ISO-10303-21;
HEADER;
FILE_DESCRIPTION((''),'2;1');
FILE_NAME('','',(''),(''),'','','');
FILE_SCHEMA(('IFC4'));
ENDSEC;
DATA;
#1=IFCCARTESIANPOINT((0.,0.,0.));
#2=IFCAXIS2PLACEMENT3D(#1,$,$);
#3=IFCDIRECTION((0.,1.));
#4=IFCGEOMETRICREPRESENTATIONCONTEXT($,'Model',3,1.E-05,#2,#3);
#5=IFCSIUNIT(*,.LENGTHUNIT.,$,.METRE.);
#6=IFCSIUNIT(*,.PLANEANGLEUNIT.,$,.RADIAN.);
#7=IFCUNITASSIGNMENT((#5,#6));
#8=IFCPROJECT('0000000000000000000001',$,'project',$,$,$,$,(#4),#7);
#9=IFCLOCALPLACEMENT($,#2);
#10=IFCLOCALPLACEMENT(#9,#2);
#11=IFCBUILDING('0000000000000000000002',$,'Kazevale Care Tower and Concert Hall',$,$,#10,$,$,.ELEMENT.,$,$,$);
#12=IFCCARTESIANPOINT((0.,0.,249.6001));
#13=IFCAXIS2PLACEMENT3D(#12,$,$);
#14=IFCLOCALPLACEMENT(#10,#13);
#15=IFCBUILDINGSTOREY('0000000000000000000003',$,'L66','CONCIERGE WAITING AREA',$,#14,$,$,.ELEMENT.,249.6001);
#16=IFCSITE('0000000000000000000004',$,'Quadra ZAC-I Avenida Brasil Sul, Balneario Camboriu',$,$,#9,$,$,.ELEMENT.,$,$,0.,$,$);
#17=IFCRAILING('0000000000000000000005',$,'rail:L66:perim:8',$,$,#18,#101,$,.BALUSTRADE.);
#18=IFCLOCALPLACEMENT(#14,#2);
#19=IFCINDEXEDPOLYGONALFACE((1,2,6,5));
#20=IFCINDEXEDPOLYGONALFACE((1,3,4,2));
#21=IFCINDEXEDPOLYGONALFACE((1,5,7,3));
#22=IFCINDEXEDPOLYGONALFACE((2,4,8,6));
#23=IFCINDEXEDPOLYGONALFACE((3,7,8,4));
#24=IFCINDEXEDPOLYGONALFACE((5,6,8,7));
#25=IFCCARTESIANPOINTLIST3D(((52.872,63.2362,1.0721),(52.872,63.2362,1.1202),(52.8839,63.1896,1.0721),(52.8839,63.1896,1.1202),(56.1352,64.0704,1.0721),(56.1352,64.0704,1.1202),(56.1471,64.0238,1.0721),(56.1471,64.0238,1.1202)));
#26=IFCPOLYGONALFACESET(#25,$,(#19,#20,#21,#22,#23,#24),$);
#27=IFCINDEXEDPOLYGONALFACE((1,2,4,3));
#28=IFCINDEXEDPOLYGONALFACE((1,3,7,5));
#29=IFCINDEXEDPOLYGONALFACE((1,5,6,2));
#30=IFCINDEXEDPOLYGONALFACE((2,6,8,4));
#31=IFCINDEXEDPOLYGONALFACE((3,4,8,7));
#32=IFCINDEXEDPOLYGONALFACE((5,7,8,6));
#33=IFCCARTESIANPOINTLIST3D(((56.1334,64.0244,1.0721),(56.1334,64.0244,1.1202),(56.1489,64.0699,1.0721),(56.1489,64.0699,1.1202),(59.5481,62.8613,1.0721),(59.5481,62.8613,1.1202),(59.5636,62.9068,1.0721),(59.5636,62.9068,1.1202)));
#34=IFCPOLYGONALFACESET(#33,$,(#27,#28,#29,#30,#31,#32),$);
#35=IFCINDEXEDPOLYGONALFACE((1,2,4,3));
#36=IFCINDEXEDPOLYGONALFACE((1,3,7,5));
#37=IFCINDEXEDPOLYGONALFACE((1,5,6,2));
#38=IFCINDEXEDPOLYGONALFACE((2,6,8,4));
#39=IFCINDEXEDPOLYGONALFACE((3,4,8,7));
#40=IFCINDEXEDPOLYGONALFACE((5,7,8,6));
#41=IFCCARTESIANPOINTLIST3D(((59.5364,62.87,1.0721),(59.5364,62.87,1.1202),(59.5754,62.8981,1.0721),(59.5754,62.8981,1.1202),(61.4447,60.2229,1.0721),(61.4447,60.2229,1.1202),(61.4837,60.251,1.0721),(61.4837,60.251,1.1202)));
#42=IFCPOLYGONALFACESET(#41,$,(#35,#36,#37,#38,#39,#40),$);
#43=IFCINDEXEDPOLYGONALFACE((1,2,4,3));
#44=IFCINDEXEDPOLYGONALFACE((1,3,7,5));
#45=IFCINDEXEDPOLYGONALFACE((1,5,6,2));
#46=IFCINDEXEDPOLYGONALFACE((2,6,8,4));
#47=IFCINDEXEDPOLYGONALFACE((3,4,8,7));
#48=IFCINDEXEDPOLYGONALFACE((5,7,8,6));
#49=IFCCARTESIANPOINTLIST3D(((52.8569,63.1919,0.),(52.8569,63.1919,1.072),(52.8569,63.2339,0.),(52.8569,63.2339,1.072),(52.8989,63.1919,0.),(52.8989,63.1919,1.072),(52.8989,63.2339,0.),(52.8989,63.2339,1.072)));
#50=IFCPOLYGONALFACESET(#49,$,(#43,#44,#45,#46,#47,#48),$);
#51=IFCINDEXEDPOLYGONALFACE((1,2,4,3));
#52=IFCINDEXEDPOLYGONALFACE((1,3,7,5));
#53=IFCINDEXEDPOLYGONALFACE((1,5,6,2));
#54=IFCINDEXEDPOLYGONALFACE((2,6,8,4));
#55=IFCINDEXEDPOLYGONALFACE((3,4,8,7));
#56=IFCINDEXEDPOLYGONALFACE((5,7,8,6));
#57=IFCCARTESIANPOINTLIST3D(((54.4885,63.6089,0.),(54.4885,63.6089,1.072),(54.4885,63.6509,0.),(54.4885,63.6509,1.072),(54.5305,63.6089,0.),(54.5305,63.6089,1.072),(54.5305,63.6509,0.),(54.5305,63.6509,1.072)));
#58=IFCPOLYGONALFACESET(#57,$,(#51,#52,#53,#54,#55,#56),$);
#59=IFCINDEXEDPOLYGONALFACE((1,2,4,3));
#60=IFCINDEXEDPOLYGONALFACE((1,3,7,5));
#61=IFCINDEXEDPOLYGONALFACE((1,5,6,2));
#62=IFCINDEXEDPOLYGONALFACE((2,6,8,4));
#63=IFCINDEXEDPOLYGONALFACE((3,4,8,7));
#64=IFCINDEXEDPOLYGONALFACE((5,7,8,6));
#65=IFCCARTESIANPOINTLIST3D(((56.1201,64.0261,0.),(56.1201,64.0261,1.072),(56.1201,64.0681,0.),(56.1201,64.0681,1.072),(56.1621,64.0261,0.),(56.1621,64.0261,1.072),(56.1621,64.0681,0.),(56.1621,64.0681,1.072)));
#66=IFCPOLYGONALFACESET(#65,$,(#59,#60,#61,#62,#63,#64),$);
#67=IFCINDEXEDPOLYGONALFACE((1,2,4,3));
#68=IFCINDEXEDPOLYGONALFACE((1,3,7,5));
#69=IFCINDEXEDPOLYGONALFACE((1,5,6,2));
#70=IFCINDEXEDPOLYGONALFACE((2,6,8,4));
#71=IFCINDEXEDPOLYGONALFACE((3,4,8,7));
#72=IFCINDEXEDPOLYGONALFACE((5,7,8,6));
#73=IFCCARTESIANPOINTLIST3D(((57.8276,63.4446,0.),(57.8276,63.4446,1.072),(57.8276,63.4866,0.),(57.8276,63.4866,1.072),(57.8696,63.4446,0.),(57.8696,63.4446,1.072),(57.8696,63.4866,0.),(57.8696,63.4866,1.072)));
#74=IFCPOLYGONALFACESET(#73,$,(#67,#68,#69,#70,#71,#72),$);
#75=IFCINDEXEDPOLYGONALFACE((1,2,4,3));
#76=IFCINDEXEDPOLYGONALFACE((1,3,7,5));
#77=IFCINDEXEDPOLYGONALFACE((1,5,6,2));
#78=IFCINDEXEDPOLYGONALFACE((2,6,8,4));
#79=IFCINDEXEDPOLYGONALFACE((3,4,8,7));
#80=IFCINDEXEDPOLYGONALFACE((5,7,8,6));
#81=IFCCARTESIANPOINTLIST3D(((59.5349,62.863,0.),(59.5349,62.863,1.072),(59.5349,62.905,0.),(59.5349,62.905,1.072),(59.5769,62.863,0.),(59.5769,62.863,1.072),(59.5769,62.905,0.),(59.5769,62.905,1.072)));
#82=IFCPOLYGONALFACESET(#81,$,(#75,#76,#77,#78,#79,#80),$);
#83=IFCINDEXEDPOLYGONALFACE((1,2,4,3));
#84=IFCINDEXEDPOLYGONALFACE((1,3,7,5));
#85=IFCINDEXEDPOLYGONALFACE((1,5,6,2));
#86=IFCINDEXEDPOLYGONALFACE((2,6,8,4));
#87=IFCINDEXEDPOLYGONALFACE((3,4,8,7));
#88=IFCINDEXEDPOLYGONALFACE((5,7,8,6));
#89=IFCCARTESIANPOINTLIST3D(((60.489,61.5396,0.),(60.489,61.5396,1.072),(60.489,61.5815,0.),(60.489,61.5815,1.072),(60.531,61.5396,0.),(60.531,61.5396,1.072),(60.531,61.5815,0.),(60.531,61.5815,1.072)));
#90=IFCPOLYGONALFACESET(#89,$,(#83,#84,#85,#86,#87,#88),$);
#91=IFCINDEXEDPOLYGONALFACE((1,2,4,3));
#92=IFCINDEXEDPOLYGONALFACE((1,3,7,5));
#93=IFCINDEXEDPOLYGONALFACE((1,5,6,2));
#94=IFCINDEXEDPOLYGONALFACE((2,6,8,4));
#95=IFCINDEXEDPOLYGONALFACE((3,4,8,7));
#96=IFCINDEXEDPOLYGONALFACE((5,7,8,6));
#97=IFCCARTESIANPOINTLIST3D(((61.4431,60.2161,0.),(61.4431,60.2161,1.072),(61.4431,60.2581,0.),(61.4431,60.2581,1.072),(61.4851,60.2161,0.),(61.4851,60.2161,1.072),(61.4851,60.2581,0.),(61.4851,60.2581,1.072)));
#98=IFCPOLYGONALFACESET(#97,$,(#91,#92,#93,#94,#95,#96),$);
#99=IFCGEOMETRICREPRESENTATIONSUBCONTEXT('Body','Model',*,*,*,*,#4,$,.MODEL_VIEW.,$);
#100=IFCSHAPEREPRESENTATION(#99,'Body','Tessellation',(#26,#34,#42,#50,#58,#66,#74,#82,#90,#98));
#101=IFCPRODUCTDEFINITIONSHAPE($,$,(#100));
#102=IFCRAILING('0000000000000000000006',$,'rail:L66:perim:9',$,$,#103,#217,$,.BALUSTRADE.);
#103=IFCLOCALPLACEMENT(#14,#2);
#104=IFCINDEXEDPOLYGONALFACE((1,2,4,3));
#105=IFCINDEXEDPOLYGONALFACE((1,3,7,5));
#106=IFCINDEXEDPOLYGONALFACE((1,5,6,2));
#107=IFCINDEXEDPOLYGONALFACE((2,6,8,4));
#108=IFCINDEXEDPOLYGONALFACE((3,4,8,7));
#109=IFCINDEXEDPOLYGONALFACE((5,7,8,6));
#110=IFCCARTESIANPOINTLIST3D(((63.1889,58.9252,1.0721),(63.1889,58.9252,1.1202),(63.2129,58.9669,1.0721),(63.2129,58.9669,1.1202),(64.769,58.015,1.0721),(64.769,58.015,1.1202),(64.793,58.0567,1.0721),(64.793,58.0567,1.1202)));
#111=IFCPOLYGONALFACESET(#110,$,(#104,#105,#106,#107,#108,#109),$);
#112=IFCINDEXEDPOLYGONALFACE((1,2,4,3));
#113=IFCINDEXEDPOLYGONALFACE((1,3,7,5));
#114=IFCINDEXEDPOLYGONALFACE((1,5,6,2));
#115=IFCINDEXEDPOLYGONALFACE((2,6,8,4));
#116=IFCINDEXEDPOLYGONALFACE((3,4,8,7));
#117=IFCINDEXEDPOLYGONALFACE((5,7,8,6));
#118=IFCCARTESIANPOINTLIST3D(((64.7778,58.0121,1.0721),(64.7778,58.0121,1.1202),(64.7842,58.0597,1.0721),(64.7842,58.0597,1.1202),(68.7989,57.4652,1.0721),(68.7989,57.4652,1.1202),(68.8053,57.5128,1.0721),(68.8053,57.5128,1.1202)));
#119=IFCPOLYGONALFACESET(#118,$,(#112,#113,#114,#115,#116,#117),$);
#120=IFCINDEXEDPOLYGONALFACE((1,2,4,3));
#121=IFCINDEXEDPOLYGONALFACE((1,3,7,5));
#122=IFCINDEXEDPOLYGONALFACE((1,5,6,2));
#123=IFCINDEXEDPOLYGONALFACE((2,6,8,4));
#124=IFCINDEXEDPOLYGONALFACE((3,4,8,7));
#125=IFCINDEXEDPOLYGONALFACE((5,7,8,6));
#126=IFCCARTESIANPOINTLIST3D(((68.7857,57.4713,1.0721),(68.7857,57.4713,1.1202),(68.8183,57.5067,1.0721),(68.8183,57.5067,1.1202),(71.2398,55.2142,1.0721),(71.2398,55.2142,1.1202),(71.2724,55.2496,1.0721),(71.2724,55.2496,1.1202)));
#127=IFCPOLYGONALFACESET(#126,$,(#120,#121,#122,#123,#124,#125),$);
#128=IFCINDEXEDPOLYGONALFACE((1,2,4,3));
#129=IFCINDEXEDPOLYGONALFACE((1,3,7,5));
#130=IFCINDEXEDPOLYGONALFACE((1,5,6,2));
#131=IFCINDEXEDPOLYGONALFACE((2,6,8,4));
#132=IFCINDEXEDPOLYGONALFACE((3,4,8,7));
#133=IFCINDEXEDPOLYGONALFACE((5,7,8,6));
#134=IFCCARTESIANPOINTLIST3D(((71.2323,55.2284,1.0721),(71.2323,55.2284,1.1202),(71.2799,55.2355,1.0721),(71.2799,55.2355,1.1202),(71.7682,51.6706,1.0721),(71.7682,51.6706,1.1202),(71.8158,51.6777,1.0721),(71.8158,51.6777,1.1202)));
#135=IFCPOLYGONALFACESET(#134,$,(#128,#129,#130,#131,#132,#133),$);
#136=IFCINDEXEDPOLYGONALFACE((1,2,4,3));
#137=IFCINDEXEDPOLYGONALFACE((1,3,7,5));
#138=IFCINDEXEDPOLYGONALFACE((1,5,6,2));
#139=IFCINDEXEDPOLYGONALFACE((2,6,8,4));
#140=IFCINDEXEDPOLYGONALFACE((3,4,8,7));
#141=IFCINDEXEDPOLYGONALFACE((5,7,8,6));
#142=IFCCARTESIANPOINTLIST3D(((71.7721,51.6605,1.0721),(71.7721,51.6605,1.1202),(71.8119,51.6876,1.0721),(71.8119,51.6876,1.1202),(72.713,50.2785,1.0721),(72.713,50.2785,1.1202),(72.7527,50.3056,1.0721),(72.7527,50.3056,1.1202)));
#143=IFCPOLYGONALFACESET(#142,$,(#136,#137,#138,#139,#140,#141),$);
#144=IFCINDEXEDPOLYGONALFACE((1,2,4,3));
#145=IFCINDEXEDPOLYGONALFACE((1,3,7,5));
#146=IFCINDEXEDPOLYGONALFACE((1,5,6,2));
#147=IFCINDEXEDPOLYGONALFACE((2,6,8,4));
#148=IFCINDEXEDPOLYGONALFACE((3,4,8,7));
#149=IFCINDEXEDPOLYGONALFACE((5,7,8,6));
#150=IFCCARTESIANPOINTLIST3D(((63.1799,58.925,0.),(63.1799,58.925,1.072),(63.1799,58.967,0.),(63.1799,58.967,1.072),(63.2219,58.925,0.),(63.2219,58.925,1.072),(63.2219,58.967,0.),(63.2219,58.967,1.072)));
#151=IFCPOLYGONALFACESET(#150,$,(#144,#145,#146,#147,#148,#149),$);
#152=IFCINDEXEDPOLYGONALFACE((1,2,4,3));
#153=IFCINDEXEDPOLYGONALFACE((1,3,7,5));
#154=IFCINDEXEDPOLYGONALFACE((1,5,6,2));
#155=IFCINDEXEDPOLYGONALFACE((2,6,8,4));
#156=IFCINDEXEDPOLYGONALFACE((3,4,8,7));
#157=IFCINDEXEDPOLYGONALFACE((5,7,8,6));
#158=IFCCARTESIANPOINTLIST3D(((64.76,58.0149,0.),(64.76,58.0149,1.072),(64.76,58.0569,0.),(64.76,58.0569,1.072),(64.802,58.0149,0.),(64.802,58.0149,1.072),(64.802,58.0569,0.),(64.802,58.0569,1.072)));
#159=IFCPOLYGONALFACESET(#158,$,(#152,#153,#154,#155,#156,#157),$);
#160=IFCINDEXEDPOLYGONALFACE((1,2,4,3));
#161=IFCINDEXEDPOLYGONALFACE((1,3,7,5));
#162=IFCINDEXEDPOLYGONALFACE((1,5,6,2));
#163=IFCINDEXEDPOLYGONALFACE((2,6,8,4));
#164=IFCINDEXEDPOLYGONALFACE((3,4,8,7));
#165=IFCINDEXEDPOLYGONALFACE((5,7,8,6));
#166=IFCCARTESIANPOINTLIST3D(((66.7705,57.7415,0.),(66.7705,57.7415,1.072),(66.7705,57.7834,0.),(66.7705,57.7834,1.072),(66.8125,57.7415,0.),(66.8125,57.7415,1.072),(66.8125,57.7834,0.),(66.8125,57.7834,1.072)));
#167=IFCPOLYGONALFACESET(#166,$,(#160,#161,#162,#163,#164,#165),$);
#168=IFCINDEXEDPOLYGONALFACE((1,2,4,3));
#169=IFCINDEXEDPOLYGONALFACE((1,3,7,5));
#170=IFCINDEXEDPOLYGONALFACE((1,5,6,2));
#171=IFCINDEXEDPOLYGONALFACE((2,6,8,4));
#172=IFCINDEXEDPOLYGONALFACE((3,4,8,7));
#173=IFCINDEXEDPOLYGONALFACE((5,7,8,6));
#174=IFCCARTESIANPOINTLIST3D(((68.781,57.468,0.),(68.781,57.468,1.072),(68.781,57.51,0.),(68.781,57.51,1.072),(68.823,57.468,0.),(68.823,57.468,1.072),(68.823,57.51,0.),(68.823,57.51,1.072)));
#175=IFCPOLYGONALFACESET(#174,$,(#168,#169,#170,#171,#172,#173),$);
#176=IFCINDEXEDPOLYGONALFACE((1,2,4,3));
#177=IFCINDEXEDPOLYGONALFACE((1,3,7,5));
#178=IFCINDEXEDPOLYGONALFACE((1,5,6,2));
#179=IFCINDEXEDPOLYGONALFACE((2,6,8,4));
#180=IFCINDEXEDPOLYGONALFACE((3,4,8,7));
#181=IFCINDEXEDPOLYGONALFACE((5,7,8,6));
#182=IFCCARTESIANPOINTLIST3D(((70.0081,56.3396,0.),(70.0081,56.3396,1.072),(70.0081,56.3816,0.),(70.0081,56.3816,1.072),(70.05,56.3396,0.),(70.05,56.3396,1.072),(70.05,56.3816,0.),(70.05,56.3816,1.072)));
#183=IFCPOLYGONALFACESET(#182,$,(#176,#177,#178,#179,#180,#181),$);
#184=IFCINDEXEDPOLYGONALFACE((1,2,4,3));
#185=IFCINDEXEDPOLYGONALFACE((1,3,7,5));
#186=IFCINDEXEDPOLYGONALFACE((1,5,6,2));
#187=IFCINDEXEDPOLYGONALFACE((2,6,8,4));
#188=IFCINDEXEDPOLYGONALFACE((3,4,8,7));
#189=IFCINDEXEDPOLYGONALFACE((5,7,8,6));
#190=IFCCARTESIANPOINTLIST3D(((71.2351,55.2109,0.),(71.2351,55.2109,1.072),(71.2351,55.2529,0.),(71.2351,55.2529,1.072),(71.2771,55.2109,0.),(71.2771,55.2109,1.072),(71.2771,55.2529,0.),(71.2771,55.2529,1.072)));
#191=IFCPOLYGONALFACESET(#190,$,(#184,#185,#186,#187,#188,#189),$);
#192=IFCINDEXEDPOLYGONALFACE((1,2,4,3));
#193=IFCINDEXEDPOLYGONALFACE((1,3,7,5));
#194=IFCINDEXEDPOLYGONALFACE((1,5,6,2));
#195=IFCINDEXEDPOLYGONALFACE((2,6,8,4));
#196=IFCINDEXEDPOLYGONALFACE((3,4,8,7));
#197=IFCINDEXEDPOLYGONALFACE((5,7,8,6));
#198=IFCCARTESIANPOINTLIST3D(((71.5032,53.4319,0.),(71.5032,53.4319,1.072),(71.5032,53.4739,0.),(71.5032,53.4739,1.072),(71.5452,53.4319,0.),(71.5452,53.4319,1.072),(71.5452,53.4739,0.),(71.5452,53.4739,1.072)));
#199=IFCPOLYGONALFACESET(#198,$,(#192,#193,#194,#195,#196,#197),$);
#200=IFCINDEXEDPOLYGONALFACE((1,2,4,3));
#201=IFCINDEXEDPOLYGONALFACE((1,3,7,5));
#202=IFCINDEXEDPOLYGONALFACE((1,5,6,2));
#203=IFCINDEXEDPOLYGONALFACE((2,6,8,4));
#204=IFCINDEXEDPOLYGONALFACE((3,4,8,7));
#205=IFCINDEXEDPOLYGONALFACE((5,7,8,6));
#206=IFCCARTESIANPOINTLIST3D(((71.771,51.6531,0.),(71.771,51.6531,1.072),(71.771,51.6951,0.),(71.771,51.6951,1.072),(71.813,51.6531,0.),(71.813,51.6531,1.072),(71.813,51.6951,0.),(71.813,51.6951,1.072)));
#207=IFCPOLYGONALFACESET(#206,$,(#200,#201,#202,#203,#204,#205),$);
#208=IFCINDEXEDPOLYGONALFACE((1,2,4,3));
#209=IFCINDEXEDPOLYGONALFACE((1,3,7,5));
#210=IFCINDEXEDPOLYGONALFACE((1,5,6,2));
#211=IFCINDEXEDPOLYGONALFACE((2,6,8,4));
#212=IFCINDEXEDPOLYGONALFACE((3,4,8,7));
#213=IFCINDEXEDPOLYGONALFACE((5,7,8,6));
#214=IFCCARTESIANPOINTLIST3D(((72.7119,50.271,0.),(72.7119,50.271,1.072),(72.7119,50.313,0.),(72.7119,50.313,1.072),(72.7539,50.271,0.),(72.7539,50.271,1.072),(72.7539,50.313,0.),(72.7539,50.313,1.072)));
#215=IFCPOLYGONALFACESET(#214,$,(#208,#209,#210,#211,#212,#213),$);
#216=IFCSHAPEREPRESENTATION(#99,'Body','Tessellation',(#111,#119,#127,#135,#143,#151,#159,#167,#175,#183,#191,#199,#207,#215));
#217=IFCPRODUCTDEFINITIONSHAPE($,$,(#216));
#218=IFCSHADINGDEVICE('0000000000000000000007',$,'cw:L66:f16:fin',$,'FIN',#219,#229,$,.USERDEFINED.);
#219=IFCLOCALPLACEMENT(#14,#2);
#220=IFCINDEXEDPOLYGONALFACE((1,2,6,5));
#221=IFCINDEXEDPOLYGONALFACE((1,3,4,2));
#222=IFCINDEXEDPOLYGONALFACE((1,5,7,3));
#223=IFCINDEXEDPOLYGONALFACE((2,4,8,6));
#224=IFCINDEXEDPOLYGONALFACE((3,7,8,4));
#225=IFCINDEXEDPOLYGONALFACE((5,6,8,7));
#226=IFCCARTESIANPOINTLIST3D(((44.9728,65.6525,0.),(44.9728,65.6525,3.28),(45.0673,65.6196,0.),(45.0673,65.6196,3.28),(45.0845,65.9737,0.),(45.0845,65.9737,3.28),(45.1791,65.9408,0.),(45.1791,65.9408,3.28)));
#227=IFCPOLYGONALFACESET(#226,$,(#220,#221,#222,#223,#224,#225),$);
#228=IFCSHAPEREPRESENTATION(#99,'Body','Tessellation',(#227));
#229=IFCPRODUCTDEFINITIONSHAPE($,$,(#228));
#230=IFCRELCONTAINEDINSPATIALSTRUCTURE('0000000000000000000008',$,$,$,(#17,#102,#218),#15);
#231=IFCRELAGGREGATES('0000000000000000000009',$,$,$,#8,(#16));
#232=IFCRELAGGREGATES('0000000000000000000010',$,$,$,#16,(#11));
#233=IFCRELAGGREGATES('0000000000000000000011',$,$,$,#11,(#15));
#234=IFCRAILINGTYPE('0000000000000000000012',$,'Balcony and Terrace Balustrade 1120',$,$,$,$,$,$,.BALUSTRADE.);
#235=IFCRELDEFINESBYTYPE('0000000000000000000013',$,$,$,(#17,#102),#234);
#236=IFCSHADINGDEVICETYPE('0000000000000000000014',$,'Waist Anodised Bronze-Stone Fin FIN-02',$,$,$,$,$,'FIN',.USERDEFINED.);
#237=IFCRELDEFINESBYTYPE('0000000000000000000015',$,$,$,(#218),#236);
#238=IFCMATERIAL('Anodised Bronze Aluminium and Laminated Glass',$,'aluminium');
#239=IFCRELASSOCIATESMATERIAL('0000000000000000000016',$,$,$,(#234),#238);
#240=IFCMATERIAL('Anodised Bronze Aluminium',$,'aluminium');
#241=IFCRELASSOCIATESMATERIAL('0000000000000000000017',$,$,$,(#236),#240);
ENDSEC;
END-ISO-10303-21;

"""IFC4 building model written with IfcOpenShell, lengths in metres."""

from ifc_helpers import new_model, si_unit, direction, frame, origin, origin_2d, place, context, subcontext, project, spatial, rectangle, extrude, material, type_object, element, save


model = new_model("IFC4")

# Units and contexts
model_context = context("Model", 3, precision=1e-05, world=origin(), true_north=direction((0.0, 1.0)))
body_context = subcontext(model_context, "Body", "Model", "MODEL_VIEW")
ifc_project = project(units=[si_unit("LENGTHUNIT", "METRE"), si_unit("PLANEANGLEUNIT", "RADIAN")], contexts=[model_context])

# Site, building, storey
site_placement = place(None, origin())
site = spatial("IfcSite", under=ifc_project, at=site_placement, Name="Quadra ZAC-I Avenida Brasil Sul, Balneario Camboriu", CompositionType="ELEMENT", RefElevation=0.0)
building_placement = place(site_placement, origin())
building = spatial("IfcBuilding", under=site, at=building_placement, Name="Kazevale Care Tower and Concert Hall", CompositionType="ELEMENT")
storey_placement = place(building_placement, frame((0.0, 0.0, 249.6001)))
storey = spatial("IfcBuildingStorey", under=building, at=storey_placement, Name="L66", Description="CONCIERGE WAITING AREA", CompositionType="ELEMENT", Elevation=249.6001)

# Railings
ifc_material_1 = material(Name="Anodised Bronze Aluminium and Laminated Glass", Category="aluminium")
railing_type = type_object("IfcRailingType", Name="Balcony and Terrace Balustrade 1120", PredefinedType="BALUSTRADE", material=ifc_material_1)
railing_1_placement = place(storey_placement, frame((52.8779, 63.2129, 0.0)))
element("IfcRailing", 1, at=railing_1_placement, inside=storey, type_object=railing_type, Name="rail:L66:perim:8", PredefinedType="BALUSTRADE", context=body_context, shape_type="SweptSolid", body=[
    extrude(rectangle(XDim=0.0481, YDim=0.0481, at=origin_2d()), frame((0.0, 0.0, 1.0962), z_axis=(0.968841, 0.247683, 0.0), x_axis=(-0.247683, 0.968841, 0.0)), (0.0, 0.0, 1.0), 3.3682),
    extrude(rectangle(XDim=0.0481, YDim=0.0481, at=origin_2d()), frame((3.2632, 0.8342, 1.0962), z_axis=(0.946599, -0.322413, 0.0), x_axis=(0.322413, 0.946599, 0.0)), (0.0, 0.0, 1.0), 3.6074),
    extrude(rectangle(XDim=0.0481, YDim=0.0481, at=origin_2d()), frame((6.678, -0.3289, 1.0962), z_axis=(0.584786, -0.811188, 0.0), x_axis=(0.811188, 0.584786, 0.0)), (0.0, 0.0, 1.0), 3.2632),
    extrude(rectangle(XDim=0.042, YDim=0.042, at=origin_2d()), origin(), (0.0, 0.0, 1.0), 1.072),
    extrude(rectangle(XDim=0.042, YDim=0.042, at=origin_2d()), frame((1.6316, 0.417, 0.0)), (0.0, 0.0, 1.0), 1.072),
    extrude(rectangle(XDim=0.042, YDim=0.042, at=origin_2d()), frame((3.2632, 0.8342, 0.0)), (0.0, 0.0, 1.0), 1.072),
    extrude(rectangle(XDim=0.042, YDim=0.042, at=origin_2d()), frame((4.9707, 0.2527, 0.0)), (0.0, 0.0, 1.0), 1.072),
    extrude(rectangle(XDim=0.042, YDim=0.042, at=origin_2d()), frame((6.678, -0.3289, 0.0)), (0.0, 0.0, 1.0), 1.072),
    extrude(rectangle(XDim=0.042, YDim=0.042, at=origin_2d()), frame((7.6321, -1.6523, 0.0)), (0.0, 0.0, 1.0), 1.072),
    extrude(rectangle(XDim=0.042, YDim=0.042, at=origin_2d()), frame((8.5862, -2.9758, 0.0)), (0.0, 0.0, 1.0), 1.072),
])
railing_2_placement = place(storey_placement, frame((63.2009, 58.946, 0.0)))
element("IfcRailing", 2, at=railing_2_placement, inside=storey, type_object=railing_type, Name="rail:L66:perim:9", PredefinedType="BALUSTRADE", context=body_context, shape_type="SweptSolid", body=[
    extrude(rectangle(XDim=0.0481, YDim=0.0481, at=origin_2d()), frame((0.0, 0.0, 1.0962), z_axis=(0.866524, -0.499135, 0.0), x_axis=(0.499135, 0.866524, 0.0)), (0.0, 0.0, 1.0), 1.8235),
    extrude(rectangle(XDim=0.0481, YDim=0.0481, at=origin_2d()), frame((1.5801, -0.9102, 1.0962), z_axis=(0.990878, -0.134764, 0.0), x_axis=(0.134764, 0.990878, 0.0)), (0.0, 0.0, 1.0), 4.0581),
    extrude(rectangle(XDim=0.0481, YDim=0.0481, at=origin_2d()), frame((5.6011, -1.457, 1.0962), z_axis=(0.736035, -0.676944, 0.0), x_axis=(0.676944, 0.736035, 0.0)), (0.0, 0.0, 1.0), 3.3342),
    extrude(rectangle(XDim=0.0481, YDim=0.0481, at=origin_2d()), frame((8.0552, -3.7141, 1.0962), z_axis=(0.148941, -0.988846, 0.0), x_axis=(0.988846, 0.148941, 0.0)), (0.0, 0.0, 1.0), 3.5979),
    extrude(rectangle(XDim=0.0481, YDim=0.0481, at=origin_2d()), frame((8.5911, -7.272, 1.0962), z_axis=(0.562761, -0.826619, 0.0), x_axis=(0.826619, 0.562761, 0.0)), (0.0, 0.0, 1.0), 1.6719),
    extrude(rectangle(XDim=0.042, YDim=0.042, at=origin_2d()), origin(), (0.0, 0.0, 1.0), 1.072),
    extrude(rectangle(XDim=0.042, YDim=0.042, at=origin_2d()), frame((1.5801, -0.9102, 0.0)), (0.0, 0.0, 1.0), 1.072),
    extrude(rectangle(XDim=0.042, YDim=0.042, at=origin_2d()), frame((3.5906, -1.1836, 0.0)), (0.0, 0.0, 1.0), 1.072),
    extrude(rectangle(XDim=0.042, YDim=0.042, at=origin_2d()), frame((5.6011, -1.457, 0.0)), (0.0, 0.0, 1.0), 1.072),
    extrude(rectangle(XDim=0.042, YDim=0.042, at=origin_2d()), frame((6.8281, -2.5854, 0.0)), (0.0, 0.0, 1.0), 1.072),
    extrude(rectangle(XDim=0.042, YDim=0.042, at=origin_2d()), frame((8.0552, -3.7141, 0.0)), (0.0, 0.0, 1.0), 1.072),
    extrude(rectangle(XDim=0.042, YDim=0.042, at=origin_2d()), frame((8.3232, -5.4932, 0.0)), (0.0, 0.0, 1.0), 1.072),
    extrude(rectangle(XDim=0.042, YDim=0.042, at=origin_2d()), frame((8.5911, -7.272, 0.0)), (0.0, 0.0, 1.0), 1.072),
    extrude(rectangle(XDim=0.042, YDim=0.042, at=origin_2d()), frame((9.532, -8.6541, 0.0)), (0.0, 0.0, 1.0), 1.072),
])

# Shading device
ifc_material_2 = material(Name="Anodised Bronze Aluminium", Category="aluminium")
shading_device_type = type_object("IfcShadingDeviceType", Name="Waist Anodised Bronze-Stone Fin FIN-02", ElementType="FIN", PredefinedType="USERDEFINED", material=ifc_material_2)
shading_device_placement = place(storey_placement, frame((45.0759, 65.7966, 0.0), z_axis=(0.0, 0.0, 1.0), x_axis=(0.328537, 0.944491, 0.0)))
element("IfcShadingDevice", 3, at=shading_device_placement, inside=storey, type_object=shading_device_type, Name="cw:L66:f16:fin", ObjectType="FIN", PredefinedType="USERDEFINED", context=body_context, shape_type="SweptSolid", body=[
    extrude(rectangle(XDim=0.3401, YDim=0.1001, at=origin_2d()), origin(), (0.0, 0.0, 1.0), 3.28),
])

save(model, "model.ifc")
